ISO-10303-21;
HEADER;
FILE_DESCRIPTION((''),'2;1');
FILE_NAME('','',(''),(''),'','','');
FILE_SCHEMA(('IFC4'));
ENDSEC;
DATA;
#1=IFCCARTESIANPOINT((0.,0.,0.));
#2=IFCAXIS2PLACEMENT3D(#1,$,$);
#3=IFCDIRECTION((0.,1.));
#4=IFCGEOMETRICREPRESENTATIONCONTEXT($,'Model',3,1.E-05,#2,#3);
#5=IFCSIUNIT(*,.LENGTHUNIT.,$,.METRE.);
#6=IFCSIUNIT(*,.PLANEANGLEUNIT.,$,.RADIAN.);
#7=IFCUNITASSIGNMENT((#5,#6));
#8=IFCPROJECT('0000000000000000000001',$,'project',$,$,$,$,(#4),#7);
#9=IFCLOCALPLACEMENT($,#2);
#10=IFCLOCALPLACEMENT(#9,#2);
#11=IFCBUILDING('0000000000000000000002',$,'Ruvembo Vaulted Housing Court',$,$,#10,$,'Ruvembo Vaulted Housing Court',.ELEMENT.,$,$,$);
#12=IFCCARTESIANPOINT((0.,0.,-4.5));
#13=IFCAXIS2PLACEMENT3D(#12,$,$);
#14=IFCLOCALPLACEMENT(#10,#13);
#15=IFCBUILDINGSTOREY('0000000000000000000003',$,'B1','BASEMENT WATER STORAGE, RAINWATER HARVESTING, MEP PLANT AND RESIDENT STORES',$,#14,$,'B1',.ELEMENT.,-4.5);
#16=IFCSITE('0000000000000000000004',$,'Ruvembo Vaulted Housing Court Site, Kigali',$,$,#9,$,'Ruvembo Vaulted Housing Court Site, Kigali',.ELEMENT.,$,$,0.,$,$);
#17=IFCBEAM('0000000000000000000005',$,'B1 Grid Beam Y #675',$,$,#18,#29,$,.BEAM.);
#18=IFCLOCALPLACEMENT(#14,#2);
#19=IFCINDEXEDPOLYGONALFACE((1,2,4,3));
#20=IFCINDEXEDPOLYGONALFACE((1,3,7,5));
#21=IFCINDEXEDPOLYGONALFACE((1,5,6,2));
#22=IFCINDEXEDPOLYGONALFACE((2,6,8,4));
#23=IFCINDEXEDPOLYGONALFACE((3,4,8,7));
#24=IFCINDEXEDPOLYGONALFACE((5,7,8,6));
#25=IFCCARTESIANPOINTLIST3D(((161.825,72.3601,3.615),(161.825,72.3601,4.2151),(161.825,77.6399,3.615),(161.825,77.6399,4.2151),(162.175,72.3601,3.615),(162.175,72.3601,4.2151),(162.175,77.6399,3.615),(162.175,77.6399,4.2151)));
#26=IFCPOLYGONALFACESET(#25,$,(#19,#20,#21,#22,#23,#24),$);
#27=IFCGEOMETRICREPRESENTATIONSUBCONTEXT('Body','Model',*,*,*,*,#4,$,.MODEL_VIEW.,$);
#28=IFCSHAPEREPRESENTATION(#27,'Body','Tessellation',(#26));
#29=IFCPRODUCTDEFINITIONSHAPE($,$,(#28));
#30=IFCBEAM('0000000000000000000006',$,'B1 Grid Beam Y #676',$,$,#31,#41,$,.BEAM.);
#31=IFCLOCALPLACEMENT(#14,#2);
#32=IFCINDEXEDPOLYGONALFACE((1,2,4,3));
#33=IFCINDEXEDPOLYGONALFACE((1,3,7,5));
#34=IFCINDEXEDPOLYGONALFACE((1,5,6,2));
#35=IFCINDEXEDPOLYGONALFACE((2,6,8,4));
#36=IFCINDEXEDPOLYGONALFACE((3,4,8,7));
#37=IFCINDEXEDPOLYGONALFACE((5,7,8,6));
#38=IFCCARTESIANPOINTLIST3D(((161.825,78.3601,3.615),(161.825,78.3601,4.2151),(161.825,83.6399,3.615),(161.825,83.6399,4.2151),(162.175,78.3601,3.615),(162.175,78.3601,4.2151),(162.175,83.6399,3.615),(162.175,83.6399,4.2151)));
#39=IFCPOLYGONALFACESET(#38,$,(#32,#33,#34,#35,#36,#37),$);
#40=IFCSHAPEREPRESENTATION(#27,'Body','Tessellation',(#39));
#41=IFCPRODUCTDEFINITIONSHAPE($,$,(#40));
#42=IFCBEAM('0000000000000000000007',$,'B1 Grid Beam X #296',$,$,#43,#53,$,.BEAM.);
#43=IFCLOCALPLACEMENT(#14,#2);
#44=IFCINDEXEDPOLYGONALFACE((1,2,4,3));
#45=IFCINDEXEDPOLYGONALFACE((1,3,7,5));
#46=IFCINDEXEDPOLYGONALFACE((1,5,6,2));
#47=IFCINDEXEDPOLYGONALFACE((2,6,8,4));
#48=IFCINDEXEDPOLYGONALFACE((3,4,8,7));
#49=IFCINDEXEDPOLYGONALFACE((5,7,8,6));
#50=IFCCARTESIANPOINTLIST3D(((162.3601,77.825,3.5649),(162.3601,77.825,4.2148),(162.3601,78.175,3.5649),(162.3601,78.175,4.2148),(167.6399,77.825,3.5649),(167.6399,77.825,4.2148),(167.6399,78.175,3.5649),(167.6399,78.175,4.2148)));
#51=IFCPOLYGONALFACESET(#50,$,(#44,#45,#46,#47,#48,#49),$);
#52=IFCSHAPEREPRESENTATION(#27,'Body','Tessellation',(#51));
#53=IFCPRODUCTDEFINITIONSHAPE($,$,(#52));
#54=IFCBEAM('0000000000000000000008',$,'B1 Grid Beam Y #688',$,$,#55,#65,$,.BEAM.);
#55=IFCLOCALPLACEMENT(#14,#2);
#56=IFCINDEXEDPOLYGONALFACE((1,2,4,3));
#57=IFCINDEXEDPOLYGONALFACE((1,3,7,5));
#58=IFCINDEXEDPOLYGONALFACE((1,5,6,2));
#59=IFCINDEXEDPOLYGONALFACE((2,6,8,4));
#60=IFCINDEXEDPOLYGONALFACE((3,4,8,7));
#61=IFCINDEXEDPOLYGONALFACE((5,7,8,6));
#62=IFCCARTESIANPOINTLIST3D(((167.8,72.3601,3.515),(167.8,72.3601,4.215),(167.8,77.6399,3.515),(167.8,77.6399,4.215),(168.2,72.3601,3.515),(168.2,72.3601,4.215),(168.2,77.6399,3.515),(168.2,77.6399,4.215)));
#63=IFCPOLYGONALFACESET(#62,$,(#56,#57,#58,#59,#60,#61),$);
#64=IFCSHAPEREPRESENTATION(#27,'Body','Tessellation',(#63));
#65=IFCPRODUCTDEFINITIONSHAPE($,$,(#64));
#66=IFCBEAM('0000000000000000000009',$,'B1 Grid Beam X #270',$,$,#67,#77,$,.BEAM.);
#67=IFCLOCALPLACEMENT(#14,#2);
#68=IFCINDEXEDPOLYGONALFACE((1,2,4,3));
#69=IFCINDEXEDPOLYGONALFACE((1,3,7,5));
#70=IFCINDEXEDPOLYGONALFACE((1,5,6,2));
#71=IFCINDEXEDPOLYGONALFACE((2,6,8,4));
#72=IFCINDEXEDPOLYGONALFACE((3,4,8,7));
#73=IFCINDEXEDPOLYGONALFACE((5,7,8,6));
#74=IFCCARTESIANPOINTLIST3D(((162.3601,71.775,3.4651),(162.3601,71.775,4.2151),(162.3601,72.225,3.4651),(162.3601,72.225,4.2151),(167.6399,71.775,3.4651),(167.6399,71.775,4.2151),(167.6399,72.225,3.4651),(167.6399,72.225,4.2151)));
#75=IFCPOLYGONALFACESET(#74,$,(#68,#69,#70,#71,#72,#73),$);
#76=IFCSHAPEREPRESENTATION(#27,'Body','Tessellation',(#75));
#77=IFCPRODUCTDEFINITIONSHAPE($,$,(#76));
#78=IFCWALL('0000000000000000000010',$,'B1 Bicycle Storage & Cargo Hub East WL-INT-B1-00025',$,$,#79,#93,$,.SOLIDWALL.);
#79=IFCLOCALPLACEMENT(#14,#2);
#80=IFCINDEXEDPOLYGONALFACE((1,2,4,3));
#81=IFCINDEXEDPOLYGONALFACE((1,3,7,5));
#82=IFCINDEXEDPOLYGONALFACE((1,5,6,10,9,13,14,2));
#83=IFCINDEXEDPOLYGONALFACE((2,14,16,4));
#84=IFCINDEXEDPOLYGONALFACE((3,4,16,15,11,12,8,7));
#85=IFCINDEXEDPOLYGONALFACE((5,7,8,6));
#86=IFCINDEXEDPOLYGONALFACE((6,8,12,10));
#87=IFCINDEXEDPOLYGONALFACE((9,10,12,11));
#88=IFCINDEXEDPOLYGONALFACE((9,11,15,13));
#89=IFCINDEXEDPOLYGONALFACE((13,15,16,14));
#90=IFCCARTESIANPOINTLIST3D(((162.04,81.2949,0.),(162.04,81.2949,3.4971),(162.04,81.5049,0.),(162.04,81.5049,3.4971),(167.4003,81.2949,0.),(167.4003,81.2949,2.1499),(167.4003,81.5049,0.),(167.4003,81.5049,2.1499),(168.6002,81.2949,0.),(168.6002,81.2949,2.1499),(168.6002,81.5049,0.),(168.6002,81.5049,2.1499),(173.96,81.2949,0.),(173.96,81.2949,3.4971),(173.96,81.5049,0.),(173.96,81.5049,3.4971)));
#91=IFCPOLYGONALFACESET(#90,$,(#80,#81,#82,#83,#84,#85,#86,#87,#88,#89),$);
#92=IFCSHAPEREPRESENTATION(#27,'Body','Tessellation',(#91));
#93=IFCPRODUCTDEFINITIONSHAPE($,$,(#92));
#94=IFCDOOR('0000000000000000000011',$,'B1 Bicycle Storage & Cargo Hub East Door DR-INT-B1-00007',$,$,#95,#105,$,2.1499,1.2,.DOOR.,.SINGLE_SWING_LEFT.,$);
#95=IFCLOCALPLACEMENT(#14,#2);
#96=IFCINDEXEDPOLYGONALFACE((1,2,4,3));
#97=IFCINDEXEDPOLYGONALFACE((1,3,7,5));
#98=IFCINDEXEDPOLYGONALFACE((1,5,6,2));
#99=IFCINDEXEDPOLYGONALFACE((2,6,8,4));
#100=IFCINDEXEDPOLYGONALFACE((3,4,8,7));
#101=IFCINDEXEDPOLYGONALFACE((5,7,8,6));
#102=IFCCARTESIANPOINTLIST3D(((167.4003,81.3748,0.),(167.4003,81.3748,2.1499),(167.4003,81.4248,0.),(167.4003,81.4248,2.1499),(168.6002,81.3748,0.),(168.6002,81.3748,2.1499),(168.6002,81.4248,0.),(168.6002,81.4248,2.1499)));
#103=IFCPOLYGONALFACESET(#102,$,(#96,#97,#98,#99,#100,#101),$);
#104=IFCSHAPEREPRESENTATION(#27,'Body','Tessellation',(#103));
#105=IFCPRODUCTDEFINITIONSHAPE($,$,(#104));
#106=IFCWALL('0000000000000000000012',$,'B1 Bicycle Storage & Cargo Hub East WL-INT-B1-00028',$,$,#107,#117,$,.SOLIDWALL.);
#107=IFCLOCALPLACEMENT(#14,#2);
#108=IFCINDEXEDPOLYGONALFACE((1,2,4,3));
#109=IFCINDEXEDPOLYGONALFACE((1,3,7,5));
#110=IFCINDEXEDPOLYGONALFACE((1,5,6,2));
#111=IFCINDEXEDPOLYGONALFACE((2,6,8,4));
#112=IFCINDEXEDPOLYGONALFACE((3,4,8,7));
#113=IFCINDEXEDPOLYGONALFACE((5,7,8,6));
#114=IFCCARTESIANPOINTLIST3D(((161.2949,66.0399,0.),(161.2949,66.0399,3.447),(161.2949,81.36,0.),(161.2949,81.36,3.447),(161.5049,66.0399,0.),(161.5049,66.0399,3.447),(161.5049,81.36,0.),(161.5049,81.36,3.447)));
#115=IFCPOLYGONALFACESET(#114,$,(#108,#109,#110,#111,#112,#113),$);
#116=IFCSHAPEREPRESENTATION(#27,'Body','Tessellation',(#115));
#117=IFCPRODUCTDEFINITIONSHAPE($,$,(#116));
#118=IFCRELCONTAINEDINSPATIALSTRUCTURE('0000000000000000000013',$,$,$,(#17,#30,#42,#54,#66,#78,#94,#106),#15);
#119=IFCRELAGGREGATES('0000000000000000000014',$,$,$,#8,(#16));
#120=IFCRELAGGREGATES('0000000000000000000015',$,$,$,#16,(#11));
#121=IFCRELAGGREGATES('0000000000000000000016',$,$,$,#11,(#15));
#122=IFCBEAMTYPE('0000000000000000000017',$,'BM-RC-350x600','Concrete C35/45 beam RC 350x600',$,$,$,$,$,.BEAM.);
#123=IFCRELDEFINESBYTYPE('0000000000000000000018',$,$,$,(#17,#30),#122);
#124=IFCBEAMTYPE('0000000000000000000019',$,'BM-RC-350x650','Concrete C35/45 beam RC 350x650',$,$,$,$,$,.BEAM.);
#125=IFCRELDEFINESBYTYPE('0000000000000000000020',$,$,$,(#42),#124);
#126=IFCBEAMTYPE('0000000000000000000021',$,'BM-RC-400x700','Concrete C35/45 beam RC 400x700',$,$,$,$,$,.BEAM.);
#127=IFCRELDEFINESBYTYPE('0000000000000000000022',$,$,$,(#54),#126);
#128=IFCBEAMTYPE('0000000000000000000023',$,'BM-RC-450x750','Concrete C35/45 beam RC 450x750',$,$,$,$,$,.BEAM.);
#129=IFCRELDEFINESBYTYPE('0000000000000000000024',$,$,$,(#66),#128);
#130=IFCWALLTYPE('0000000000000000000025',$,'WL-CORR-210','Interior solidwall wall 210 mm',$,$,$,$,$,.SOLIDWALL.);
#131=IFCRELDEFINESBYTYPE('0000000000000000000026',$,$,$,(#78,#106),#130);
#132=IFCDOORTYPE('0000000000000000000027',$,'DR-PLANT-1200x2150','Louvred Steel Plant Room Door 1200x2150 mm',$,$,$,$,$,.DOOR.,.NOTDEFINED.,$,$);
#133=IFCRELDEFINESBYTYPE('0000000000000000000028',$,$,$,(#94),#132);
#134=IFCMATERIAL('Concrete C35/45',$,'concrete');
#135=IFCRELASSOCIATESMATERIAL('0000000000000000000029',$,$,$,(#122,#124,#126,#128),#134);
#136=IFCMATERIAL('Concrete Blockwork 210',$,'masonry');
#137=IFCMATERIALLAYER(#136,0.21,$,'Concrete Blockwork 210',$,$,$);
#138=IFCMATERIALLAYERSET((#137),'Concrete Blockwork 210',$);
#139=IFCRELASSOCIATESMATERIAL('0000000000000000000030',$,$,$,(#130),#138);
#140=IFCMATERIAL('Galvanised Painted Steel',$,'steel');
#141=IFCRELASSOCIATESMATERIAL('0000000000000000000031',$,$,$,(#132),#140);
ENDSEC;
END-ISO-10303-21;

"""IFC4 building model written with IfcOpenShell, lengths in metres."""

from ifc_helpers import new_model, si_unit, direction, frame, frame_2d, origin, origin_2d, place, context, subcontext, project, spatial, rectangle, extrude, material, layer, layer_set, material_profile, profile_set, type_object, element, fill, save


model = new_model("IFC4")

# Units and contexts
model_context = context("Model", 3, precision=1e-05, world=origin(), true_north=direction((0.0, 1.0)))
body_context = subcontext(model_context, "Body", "Model", "MODEL_VIEW")
ifc_project = project(units=[si_unit("LENGTHUNIT", "METRE"), si_unit("PLANEANGLEUNIT", "RADIAN")], contexts=[model_context])

# Site, building, storey
site_placement = place(None, origin())
site = spatial("IfcSite", under=ifc_project, at=site_placement, Name="Ruvembo Vaulted Housing Court Site, Kigali", LongName="Ruvembo Vaulted Housing Court Site, Kigali", CompositionType="ELEMENT", RefElevation=0.0)
building_placement = place(site_placement, origin())
building = spatial("IfcBuilding", under=site, at=building_placement, Name="Ruvembo Vaulted Housing Court", LongName="Ruvembo Vaulted Housing Court", CompositionType="ELEMENT")
storey_placement = place(building_placement, frame((0.0, 0.0, -4.5)))
storey = spatial("IfcBuildingStorey", under=building, at=storey_placement, Name="B1", Description="BASEMENT WATER STORAGE, RAINWATER HARVESTING, MEP PLANT AND RESIDENT STORES", LongName="B1", CompositionType="ELEMENT", Elevation=-4.5)

# Shared definitions
ifc_material_1 = material(Name="Concrete C35/45", Category="concrete")

# Beams
ifc_material_profile_1 = material_profile(ifc_material_1, rectangle(XDim=0.3501, YDim=0.6001, at=origin_2d()), Name="RC 350x600")
ifc_profile_set_1 = profile_set([ifc_material_profile_1], Name="Concrete C35/45")
beam_type_1 = type_object("IfcBeamType", Name="BM-RC-350x600", Description="Concrete C35/45 beam RC 350x600", PredefinedType="BEAM", material=ifc_profile_set_1)
for number, where, z_axis, x_axis, name in (
    (1, (162.0, 72.3601, 3.915), (0.0, 1.0, 0.0), (-1.0, 0.0, 0.0), "B1 Grid Beam Y #675"),
    (2, (162.0, 78.3601, 3.915), (0.0, 1.0, 0.0), (-1.0, 0.0, 0.0), "B1 Grid Beam Y #676"),
):
    element("IfcBeam", number, at=place(storey_placement, frame(where, z_axis=z_axis, x_axis=x_axis)), inside=storey, type_object=beam_type_1, Name=name, PredefinedType="BEAM", context=body_context, shape_type="SweptSolid", body=[
        extrude(rectangle(XDim=0.3501, YDim=0.6001, at=origin_2d()), origin(), (0.0, 0.0, 1.0), 5.2798),
    ])
ifc_material_profile_2 = material_profile(ifc_material_1, rectangle(XDim=0.3501, YDim=0.6499, at=origin_2d()), Name="RC 350x650")
ifc_profile_set_2 = profile_set([ifc_material_profile_2], Name="Concrete C35/45")
beam_type_2 = type_object("IfcBeamType", Name="BM-RC-350x650", Description="Concrete C35/45 beam RC 350x650", PredefinedType="BEAM", material=ifc_profile_set_2)
beam_1_placement = place(storey_placement, frame((162.3601, 78.0, 3.8899), z_axis=(1.0, 0.0, 0.0), x_axis=(0.0, 1.0, 0.0)))
element("IfcBeam", 3, at=beam_1_placement, inside=storey, type_object=beam_type_2, Name="B1 Grid Beam X #296", PredefinedType="BEAM", context=body_context, shape_type="SweptSolid", body=[
    extrude(rectangle(XDim=0.3501, YDim=0.6499, at=origin_2d()), origin(), (0.0, 0.0, 1.0), 5.2798),
])
ifc_material_profile_3 = material_profile(ifc_material_1, rectangle(XDim=0.3999, YDim=0.7, at=origin_2d()), Name="RC 400x700")
ifc_profile_set_3 = profile_set([ifc_material_profile_3], Name="Concrete C35/45")
beam_type_3 = type_object("IfcBeamType", Name="BM-RC-400x700", Description="Concrete C35/45 beam RC 400x700", PredefinedType="BEAM", material=ifc_profile_set_3)
beam_2_placement = place(storey_placement, frame((168.0, 72.3601, 3.865), z_axis=(0.0, 1.0, 0.0), x_axis=(-1.0, 0.0, 0.0)))
element("IfcBeam", 4, at=beam_2_placement, inside=storey, type_object=beam_type_3, Name="B1 Grid Beam Y #688", PredefinedType="BEAM", context=body_context, shape_type="SweptSolid", body=[
    extrude(rectangle(XDim=0.3999, YDim=0.7, at=origin_2d()), origin(), (0.0, 0.0, 1.0), 5.2798),
])
ifc_material_profile_4 = material_profile(ifc_material_1, rectangle(XDim=0.45, YDim=0.75, at=origin_2d()), Name="RC 450x750")
ifc_profile_set_4 = profile_set([ifc_material_profile_4], Name="Concrete C35/45")
beam_type_4 = type_object("IfcBeamType", Name="BM-RC-450x750", Description="Concrete C35/45 beam RC 450x750", PredefinedType="BEAM", material=ifc_profile_set_4)
beam_3_placement = place(storey_placement, frame((162.3601, 72.0, 3.8401), z_axis=(1.0, 0.0, 0.0), x_axis=(0.0, 1.0, 0.0)))
element("IfcBeam", 5, at=beam_3_placement, inside=storey, type_object=beam_type_4, Name="B1 Grid Beam X #270", PredefinedType="BEAM", context=body_context, shape_type="SweptSolid", body=[
    extrude(rectangle(XDim=0.45, YDim=0.75, at=origin_2d()), origin(), (0.0, 0.0, 1.0), 5.2798),
])

# Wall, opening, door
ifc_material_2 = material(Name="Concrete Blockwork 210", Category="masonry")
ifc_layer = layer(ifc_material_2, 0.21, Name="Concrete Blockwork 210")
ifc_layer_set = layer_set([ifc_layer], Name="Concrete Blockwork 210")
wall_type = type_object("IfcWallType", Name="WL-CORR-210", Description="Interior solidwall wall 210 mm", PredefinedType="SOLIDWALL", material=ifc_layer_set)
wall_1_placement = place(storey_placement, frame((162.04, 81.3999, 0.0), z_axis=(0.0, 0.0, 1.0), x_axis=(1.0, 0.0, 0.0)))
wall_1 = element("IfcWall", 6, at=wall_1_placement, inside=storey, type_object=wall_type, Name="B1 Bicycle Storage & Cargo Hub East WL-INT-B1-00025", PredefinedType="SOLIDWALL", context=body_context, shape_type="SweptSolid", body=[
    extrude(rectangle(XDim=11.9199, YDim=0.21, at=frame_2d((5.96, 0.0))), origin(), (0.0, 0.0, 1.0), 3.4971),
])
opening_placement = place(wall_1_placement, frame((5.3601, 0.0, 0.0)))
opening = element("IfcOpeningElement", 7, at=opening_placement, cuts=wall_1, PredefinedType="OPENING", context=body_context, shape_type="SweptSolid", body=[
    extrude(rectangle(XDim=1.2, YDim=2.1499, at=frame_2d((0.6001, 1.075))), frame((0.0, 0.115, 0.0), z_axis=(0.0, -1.0, 0.0), x_axis=(1.0, 0.0, 0.0)), (0.0, 0.0, 1.0), 0.23),
])
ifc_material_3 = material(Name="Galvanised Painted Steel", Category="steel")
door_type = type_object("IfcDoorType", Name="DR-PLANT-1200x2150", Description="Louvred Steel Plant Room Door 1200x2150 mm", OperationType="NOTDEFINED", PredefinedType="DOOR", material=ifc_material_3)
door_placement = place(opening_placement, origin())
door = element("IfcDoor", 8, at=door_placement, inside=storey, type_object=door_type, Name="B1 Bicycle Storage & Cargo Hub East Door DR-INT-B1-00007", OperationType="SINGLE_SWING_LEFT", OverallHeight=2.1499, OverallWidth=1.2, PredefinedType="DOOR", context=body_context, shape_type="SweptSolid", body=[
    extrude(rectangle(XDim=1.2, YDim=2.1499, at=frame_2d((0.6001, 1.075))), frame((0.0, 0.0249, 0.0), z_axis=(0.0, -1.0, 0.0), x_axis=(1.0, 0.0, 0.0)), (0.0, 0.0, 1.0), 0.05),
])
fill(opening, door)

# Wall
wall_2_placement = place(storey_placement, frame((161.3999, 81.3601, 0.0), z_axis=(0.0, 0.0, 1.0), x_axis=(0.0, -1.0, 0.0)))
element("IfcWall", 9, at=wall_2_placement, inside=storey, type_object=wall_type, Name="B1 Bicycle Storage & Cargo Hub East WL-INT-B1-00028", PredefinedType="SOLIDWALL", context=body_context, shape_type="SweptSolid", body=[
    extrude(rectangle(XDim=15.3201, YDim=0.21, at=frame_2d((7.6602, 0.0))), origin(), (0.0, 0.0, 1.0), 3.447),
])

save(model, "model.ifc")
